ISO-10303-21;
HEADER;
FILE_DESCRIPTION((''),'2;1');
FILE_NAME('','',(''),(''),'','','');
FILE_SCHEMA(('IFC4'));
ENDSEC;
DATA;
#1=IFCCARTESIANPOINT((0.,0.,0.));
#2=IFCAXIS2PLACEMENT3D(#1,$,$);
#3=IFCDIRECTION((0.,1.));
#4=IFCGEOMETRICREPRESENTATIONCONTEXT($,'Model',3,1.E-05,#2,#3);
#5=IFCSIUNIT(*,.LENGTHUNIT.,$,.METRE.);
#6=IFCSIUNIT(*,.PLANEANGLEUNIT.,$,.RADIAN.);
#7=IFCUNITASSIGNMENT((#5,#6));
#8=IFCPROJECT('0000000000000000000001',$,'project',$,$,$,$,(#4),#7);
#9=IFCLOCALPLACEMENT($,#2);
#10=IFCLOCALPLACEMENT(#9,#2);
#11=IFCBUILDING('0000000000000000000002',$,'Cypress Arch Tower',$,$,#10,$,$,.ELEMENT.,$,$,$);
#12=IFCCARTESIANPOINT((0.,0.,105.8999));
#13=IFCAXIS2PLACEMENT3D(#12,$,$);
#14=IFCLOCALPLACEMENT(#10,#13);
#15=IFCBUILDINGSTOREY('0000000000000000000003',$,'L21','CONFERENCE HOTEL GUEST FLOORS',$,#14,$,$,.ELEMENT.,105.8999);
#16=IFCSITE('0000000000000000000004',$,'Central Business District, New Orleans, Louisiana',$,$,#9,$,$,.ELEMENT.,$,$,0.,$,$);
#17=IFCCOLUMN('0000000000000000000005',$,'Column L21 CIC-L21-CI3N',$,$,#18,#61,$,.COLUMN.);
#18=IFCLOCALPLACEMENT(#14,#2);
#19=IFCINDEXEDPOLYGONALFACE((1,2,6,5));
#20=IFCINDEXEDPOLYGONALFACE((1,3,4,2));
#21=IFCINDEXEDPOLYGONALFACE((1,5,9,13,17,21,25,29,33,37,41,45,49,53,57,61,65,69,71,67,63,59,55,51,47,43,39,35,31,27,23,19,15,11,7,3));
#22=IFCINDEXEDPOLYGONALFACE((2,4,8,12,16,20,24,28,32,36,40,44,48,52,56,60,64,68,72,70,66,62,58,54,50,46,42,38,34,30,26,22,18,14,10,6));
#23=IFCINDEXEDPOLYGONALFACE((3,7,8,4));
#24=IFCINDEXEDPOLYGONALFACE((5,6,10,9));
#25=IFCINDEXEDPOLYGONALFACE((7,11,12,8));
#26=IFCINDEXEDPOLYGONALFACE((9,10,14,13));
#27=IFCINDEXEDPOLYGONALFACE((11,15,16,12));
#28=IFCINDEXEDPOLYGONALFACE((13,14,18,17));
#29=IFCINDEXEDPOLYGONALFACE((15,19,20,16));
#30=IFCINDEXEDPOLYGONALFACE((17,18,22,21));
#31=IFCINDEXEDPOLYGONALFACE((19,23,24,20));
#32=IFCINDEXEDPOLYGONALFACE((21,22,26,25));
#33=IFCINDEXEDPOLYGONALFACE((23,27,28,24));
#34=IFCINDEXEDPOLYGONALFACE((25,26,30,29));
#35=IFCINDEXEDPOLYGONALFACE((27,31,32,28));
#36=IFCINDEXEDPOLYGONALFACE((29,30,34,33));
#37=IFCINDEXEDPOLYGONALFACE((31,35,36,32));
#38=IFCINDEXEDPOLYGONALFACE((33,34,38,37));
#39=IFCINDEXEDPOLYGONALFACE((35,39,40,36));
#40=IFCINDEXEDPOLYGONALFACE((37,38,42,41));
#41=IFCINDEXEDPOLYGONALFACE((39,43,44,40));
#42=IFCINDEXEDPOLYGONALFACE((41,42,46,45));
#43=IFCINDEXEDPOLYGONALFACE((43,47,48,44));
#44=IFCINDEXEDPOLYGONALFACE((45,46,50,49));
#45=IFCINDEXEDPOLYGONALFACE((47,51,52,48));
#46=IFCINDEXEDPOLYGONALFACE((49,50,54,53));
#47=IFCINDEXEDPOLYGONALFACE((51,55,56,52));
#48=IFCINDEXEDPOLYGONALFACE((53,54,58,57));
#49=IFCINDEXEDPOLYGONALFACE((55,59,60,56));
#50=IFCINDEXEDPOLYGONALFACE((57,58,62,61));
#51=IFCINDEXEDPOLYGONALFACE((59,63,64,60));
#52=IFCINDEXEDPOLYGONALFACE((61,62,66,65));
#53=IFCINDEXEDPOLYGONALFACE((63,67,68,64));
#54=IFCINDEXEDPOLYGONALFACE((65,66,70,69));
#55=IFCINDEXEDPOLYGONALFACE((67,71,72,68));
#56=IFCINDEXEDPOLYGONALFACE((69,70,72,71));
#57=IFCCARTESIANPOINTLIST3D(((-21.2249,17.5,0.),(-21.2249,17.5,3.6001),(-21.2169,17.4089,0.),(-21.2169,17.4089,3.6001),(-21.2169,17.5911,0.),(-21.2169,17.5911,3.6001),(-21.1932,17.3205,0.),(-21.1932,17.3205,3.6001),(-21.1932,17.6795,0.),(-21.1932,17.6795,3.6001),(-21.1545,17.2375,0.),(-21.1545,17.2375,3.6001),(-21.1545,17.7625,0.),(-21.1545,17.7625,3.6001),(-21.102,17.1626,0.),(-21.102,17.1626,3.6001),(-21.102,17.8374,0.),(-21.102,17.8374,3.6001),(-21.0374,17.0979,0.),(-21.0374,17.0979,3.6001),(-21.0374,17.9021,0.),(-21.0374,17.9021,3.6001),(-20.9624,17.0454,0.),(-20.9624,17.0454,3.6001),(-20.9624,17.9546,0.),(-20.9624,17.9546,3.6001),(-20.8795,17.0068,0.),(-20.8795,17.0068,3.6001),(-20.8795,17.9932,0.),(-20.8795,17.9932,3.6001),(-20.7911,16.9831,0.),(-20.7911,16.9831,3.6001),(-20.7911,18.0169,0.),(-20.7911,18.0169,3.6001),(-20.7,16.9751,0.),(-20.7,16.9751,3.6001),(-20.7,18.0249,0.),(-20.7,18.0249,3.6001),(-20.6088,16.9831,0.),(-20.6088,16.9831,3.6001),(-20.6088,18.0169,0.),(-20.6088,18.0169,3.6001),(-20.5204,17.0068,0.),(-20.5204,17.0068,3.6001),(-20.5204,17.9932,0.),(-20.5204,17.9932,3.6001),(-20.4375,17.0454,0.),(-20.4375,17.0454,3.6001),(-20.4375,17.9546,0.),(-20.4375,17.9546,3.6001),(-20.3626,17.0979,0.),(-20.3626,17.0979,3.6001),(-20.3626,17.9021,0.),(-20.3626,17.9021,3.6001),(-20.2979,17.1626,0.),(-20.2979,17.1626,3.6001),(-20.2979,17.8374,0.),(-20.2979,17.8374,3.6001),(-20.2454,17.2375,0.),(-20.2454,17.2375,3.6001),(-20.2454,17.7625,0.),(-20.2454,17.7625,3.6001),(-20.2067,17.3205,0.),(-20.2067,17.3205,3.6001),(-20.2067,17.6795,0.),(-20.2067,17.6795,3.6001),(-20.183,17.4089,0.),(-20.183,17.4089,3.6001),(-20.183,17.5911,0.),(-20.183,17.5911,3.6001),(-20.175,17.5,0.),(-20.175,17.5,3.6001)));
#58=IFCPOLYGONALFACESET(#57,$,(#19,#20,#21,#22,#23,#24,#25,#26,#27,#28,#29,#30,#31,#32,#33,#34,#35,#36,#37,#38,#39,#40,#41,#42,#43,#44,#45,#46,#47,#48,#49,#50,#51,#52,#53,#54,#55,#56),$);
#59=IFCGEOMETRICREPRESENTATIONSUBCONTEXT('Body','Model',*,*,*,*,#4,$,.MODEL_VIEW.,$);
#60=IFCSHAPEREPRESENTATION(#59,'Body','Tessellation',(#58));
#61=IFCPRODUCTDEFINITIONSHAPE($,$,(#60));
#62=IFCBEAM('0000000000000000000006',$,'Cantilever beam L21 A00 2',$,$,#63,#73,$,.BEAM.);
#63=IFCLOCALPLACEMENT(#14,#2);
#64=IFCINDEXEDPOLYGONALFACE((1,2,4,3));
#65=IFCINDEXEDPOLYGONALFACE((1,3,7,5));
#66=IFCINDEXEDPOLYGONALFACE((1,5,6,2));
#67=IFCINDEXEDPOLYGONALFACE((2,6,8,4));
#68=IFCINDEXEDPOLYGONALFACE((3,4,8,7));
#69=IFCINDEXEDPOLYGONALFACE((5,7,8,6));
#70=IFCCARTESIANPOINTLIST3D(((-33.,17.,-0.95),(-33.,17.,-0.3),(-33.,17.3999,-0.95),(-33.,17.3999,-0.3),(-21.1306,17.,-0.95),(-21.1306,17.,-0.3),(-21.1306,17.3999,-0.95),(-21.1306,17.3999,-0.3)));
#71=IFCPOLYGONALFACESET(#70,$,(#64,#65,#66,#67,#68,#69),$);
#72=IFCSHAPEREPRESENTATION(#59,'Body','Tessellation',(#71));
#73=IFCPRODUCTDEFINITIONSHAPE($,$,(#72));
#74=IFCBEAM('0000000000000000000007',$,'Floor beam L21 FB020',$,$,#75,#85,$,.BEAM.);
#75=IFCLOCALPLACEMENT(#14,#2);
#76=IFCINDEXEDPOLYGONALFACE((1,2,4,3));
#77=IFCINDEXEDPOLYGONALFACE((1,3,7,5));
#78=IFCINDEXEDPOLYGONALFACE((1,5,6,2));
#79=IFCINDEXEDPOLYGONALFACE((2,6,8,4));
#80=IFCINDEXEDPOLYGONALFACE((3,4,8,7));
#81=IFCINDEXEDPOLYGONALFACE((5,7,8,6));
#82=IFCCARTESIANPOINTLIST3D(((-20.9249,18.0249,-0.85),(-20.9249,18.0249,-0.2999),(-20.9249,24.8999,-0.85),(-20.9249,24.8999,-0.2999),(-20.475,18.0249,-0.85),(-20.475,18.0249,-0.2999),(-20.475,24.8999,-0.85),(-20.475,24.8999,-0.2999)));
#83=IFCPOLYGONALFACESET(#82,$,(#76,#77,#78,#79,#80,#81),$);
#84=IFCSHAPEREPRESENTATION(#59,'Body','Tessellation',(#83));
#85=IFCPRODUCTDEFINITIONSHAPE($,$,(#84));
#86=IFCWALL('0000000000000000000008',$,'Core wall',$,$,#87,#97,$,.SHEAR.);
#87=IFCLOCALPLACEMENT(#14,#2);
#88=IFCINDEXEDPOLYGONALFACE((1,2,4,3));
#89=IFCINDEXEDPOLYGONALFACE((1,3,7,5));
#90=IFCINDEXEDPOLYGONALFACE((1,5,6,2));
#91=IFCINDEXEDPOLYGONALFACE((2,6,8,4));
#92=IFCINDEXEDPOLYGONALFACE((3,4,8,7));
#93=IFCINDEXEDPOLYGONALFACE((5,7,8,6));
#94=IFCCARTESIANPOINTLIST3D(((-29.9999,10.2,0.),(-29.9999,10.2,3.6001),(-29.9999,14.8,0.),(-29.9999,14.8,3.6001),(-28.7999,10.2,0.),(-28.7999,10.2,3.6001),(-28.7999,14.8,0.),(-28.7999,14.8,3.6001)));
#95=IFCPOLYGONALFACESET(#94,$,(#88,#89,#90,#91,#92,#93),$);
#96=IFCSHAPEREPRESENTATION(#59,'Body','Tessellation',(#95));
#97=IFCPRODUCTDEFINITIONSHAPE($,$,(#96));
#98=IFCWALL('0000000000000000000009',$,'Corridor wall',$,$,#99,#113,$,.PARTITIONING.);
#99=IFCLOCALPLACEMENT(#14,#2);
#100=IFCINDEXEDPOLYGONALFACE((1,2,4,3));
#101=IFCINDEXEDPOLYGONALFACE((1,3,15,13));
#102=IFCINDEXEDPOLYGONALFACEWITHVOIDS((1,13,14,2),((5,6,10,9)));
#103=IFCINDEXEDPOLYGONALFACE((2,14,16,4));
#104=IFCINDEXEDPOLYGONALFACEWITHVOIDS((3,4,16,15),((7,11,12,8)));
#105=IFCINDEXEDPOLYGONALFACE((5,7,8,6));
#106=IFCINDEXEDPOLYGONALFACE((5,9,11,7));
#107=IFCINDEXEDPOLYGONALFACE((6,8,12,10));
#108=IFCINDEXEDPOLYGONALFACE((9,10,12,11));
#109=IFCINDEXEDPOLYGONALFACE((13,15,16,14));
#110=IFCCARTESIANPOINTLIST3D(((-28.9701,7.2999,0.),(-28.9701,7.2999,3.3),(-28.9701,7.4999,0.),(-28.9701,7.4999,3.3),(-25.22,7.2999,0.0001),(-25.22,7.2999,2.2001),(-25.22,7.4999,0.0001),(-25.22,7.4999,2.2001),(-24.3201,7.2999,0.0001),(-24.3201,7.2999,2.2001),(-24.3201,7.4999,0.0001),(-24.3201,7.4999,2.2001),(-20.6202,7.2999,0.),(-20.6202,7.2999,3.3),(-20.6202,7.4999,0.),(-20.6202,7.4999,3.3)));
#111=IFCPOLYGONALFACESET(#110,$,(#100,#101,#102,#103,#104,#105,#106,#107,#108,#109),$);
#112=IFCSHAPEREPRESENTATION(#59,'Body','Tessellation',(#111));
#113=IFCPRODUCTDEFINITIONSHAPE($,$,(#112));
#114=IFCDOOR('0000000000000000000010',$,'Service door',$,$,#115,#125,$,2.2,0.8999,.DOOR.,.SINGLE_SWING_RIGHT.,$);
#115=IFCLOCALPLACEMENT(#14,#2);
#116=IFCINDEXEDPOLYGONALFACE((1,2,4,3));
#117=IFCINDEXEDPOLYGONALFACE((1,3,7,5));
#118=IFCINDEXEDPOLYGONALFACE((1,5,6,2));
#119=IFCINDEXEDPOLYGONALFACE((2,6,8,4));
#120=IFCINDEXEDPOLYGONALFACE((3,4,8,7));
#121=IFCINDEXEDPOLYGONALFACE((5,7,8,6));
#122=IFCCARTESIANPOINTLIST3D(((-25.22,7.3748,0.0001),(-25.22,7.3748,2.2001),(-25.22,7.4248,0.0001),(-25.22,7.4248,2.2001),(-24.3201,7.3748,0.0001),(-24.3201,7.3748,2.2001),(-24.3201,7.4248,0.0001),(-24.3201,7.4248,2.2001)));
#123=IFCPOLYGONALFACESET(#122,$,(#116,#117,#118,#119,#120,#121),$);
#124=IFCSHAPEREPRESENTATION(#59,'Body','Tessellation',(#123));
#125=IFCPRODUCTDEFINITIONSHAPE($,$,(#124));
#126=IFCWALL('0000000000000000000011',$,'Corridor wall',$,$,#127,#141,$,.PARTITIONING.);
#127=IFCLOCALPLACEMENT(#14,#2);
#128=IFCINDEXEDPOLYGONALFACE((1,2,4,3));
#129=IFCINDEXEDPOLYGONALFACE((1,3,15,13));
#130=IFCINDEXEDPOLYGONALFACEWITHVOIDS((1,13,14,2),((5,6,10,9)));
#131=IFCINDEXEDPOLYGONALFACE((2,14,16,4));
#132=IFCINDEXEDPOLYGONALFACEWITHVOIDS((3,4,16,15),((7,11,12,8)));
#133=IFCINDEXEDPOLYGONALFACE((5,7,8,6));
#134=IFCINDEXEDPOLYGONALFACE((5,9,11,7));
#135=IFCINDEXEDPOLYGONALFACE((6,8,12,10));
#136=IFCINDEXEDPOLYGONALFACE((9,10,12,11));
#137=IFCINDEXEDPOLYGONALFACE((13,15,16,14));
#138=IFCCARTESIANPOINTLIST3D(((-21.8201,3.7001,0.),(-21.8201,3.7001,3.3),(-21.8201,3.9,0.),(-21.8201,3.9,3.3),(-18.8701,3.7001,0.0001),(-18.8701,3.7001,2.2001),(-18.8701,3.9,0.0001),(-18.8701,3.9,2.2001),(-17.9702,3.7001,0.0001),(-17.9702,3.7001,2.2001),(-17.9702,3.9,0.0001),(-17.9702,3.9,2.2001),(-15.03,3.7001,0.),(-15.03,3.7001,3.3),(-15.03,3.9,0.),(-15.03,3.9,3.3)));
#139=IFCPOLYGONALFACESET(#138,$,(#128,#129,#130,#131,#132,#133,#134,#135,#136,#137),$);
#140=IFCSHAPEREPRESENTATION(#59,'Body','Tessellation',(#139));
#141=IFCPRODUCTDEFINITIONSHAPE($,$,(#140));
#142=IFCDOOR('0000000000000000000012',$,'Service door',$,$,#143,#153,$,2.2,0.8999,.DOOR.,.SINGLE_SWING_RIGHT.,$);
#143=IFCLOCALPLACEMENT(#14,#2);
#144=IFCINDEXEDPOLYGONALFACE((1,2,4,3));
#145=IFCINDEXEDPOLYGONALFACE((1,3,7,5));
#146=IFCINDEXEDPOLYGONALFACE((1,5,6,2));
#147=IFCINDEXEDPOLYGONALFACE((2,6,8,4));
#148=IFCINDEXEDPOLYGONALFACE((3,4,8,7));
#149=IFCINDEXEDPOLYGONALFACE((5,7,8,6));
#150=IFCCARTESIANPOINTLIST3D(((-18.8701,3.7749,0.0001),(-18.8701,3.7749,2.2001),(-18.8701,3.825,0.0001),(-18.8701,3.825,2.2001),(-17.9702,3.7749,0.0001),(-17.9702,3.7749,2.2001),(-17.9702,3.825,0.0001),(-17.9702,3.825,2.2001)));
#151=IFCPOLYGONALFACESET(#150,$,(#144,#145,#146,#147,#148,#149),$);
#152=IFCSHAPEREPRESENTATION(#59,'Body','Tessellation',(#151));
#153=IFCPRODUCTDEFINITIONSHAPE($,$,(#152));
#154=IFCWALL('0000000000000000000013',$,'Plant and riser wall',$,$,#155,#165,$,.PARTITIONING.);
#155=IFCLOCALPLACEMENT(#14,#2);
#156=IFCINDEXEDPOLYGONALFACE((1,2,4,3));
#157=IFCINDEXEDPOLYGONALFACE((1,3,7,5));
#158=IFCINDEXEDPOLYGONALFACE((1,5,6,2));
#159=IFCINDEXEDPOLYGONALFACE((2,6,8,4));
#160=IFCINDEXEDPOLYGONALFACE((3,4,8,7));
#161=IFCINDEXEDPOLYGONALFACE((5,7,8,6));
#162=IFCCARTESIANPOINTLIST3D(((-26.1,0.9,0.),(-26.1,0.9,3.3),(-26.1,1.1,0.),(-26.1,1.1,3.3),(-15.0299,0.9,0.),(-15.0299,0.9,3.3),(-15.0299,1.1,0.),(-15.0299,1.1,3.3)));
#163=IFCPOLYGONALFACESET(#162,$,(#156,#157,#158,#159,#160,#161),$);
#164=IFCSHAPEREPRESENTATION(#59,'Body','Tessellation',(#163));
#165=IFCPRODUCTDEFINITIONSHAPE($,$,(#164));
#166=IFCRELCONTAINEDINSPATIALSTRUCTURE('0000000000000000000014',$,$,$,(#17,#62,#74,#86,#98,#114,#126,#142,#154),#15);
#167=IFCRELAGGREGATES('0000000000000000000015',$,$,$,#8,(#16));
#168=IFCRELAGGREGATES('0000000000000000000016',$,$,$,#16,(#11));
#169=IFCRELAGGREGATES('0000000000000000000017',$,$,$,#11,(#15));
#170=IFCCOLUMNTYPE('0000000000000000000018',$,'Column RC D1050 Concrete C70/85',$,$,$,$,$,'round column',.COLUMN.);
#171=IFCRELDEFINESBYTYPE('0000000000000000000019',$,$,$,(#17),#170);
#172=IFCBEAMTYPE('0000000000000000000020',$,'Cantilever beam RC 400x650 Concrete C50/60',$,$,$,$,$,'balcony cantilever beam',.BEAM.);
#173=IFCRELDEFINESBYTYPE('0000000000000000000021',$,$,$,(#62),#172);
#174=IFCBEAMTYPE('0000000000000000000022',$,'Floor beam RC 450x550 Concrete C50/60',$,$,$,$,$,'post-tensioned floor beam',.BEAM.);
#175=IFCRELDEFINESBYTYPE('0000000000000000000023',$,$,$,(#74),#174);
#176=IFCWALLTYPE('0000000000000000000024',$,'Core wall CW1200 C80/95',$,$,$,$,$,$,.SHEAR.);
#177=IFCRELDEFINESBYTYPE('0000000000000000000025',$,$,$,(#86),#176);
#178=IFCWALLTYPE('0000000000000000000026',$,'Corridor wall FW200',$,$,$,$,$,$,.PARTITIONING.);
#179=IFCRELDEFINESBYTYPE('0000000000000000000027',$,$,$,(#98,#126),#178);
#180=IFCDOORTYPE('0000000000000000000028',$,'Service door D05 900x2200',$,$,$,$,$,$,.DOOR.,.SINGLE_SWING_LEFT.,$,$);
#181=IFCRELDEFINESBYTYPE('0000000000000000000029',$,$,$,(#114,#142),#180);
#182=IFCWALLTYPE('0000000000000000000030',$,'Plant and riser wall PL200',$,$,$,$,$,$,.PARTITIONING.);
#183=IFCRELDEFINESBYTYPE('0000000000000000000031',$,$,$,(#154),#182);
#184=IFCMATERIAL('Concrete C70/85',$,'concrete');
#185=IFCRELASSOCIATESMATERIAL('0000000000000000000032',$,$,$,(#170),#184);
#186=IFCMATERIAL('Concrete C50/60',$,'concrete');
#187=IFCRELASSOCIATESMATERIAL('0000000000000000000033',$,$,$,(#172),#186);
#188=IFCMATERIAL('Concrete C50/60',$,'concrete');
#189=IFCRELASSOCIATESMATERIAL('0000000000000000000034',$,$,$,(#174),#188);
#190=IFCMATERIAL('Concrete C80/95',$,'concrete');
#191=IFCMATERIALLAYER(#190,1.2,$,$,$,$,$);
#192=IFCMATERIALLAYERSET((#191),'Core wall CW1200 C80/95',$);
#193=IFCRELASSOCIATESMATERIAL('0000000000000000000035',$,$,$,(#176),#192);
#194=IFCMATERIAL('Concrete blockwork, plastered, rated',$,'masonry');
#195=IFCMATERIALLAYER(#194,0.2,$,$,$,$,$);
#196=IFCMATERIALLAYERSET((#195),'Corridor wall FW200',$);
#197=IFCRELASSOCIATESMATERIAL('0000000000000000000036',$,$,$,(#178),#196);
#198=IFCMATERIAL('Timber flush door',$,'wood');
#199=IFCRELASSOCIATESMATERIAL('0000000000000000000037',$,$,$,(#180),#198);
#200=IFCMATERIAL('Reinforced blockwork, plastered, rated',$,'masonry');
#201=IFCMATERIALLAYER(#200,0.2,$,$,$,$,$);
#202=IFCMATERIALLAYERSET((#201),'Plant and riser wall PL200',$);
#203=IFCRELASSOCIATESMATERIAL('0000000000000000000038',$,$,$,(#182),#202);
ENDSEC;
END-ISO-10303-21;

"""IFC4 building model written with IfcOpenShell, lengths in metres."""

from ifc_helpers import new_model, si_unit, direction, frame, frame_2d, origin, origin_2d, place, context, subcontext, project, spatial, rectangle, circle, extrude, material, layer, layer_set, material_profile, profile_set, type_object, element, fill, save


model = new_model("IFC4")

# Units and contexts
model_context = context("Model", 3, precision=1e-05, world=origin(), true_north=direction((0.0, 1.0)))
body_context = subcontext(model_context, "Body", "Model", "MODEL_VIEW")
ifc_project = project(units=[si_unit("LENGTHUNIT", "METRE"), si_unit("PLANEANGLEUNIT", "RADIAN")], contexts=[model_context])

# Site, building, storey
site_placement = place(None, origin())
site = spatial("IfcSite", under=ifc_project, at=site_placement, Name="Central Business District, New Orleans, Louisiana", CompositionType="ELEMENT", RefElevation=0.0)
building_placement = place(site_placement, origin())
building = spatial("IfcBuilding", under=site, at=building_placement, Name="Cypress Arch Tower", CompositionType="ELEMENT")
storey_placement = place(building_placement, frame((0.0, 0.0, 105.8999)))
storey = spatial("IfcBuildingStorey", under=building, at=storey_placement, Name="L21", Description="CONFERENCE HOTEL GUEST FLOORS", CompositionType="ELEMENT", Elevation=105.8999)

# Column
ifc_material_1 = material(Name="Concrete C70/85", Category="concrete")
ifc_material_profile_1 = material_profile(ifc_material_1, circle(Radius=0.5249, at=origin_2d()), Name="RC D1050")
ifc_profile_set_1 = profile_set([ifc_material_profile_1], Name="Concrete C70/85")
column_type = type_object("IfcColumnType", Name="Column RC D1050 Concrete C70/85", ElementType="round column", PredefinedType="COLUMN", material=ifc_profile_set_1)
column_placement = place(storey_placement, frame((-20.7, 17.5, 0.0), z_axis=(0.0, 0.0, 1.0), x_axis=(1.0, 0.0, 0.0)))
element("IfcColumn", 1, at=column_placement, inside=storey, type_object=column_type, Name="Column L21 CIC-L21-CI3N", PredefinedType="COLUMN", context=body_context, shape_type="SweptSolid", body=[
    extrude(circle(Radius=0.5249, at=origin_2d()), origin(), (0.0, 0.0, 1.0), 3.6001),
])

# Beams
ifc_material_2 = material(Name="Concrete C50/60", Category="concrete")
ifc_material_profile_2 = material_profile(ifc_material_2, rectangle(XDim=0.3999, YDim=0.6499, at=origin_2d()), Name="RC 400x650")
ifc_profile_set_2 = profile_set([ifc_material_profile_2], Name="Concrete C50/60")
beam_type_1 = type_object("IfcBeamType", Name="Cantilever beam RC 400x650 Concrete C50/60", ElementType="balcony cantilever beam", PredefinedType="BEAM", material=ifc_profile_set_2)
beam_1_placement = place(storey_placement, frame((-21.1306, 17.2, -0.625), z_axis=(-1.0, 0.0, 0.0), x_axis=(0.0, -1.0, 0.0)))
element("IfcBeam", 2, at=beam_1_placement, inside=storey, type_object=beam_type_1, Name="Cantilever beam L21 A00 2", PredefinedType="BEAM", context=body_context, shape_type="SweptSolid", body=[
    extrude(rectangle(XDim=0.3999, YDim=0.6499, at=origin_2d()), origin(), (0.0, 0.0, 1.0), 11.8694),
])
ifc_material_3 = material(Name="Concrete C50/60", Category="concrete")
ifc_material_profile_3 = material_profile(ifc_material_3, rectangle(XDim=0.45, YDim=0.55, at=origin_2d()), Name="RC 450x550")
ifc_profile_set_3 = profile_set([ifc_material_profile_3], Name="Concrete C50/60")
beam_type_2 = type_object("IfcBeamType", Name="Floor beam RC 450x550 Concrete C50/60", ElementType="post-tensioned floor beam", PredefinedType="BEAM", material=ifc_profile_set_3)
beam_2_placement = place(storey_placement, frame((-20.7, 18.0249, -0.575), z_axis=(0.0, 1.0, 0.0), x_axis=(-1.0, 0.0, 0.0)))
element("IfcBeam", 3, at=beam_2_placement, inside=storey, type_object=beam_type_2, Name="Floor beam L21 FB020", PredefinedType="BEAM", context=body_context, shape_type="SweptSolid", body=[
    extrude(rectangle(XDim=0.45, YDim=0.55, at=origin_2d()), origin(), (0.0, 0.0, 1.0), 6.875),
])

# Shared definitions
ifc_material_4 = material(Name="Concrete C80/95", Category="concrete")
ifc_layer_1 = layer(ifc_material_4, 1.2)
ifc_layer_set_1 = layer_set([ifc_layer_1], Name="Core wall CW1200 C80/95")
wall_type_1 = type_object("IfcWallType", Name="Core wall CW1200 C80/95", PredefinedType="SHEAR", material=ifc_layer_set_1)

# Wall
wall_1_placement = place(storey_placement, frame((-29.3999, 10.2, 0.0), z_axis=(0.0, 0.0, 1.0), x_axis=(0.0, 1.0, 0.0)))
element("IfcWall", 4, at=wall_1_placement, inside=storey, type_object=wall_type_1, Name="Core wall", PredefinedType="SHEAR", context=body_context, shape_type="SweptSolid", body=[
    extrude(rectangle(XDim=4.6001, YDim=1.2, at=frame_2d((2.3, 0.0))), origin(), (0.0, 0.0, 1.0), 3.6001),
])

# Walls, openings, doors
ifc_material_5 = material(Name="Concrete blockwork, plastered, rated", Category="masonry")
ifc_layer_2 = layer(ifc_material_5, 0.2)
ifc_layer_set_2 = layer_set([ifc_layer_2], Name="Corridor wall FW200")
wall_type_2 = type_object("IfcWallType", Name="Corridor wall FW200", PredefinedType="PARTITIONING", material=ifc_layer_set_2)
wall_2_placement = place(storey_placement, frame((-28.97, 7.3999, 0.0), z_axis=(0.0, 0.0, 1.0), x_axis=(1.0, 0.0, 0.0)))
wall_2 = element("IfcWall", 5, at=wall_2_placement, inside=storey, type_object=wall_type_2, Name="Corridor wall", PredefinedType="PARTITIONING", context=body_context, shape_type="SweptSolid", body=[
    extrude(rectangle(XDim=8.3499, YDim=0.2, at=frame_2d((4.1748, 0.0))), origin(), (0.0, 0.0, 1.0), 3.3),
])
opening_1_placement = place(wall_2_placement, frame((3.75, 0.0, 0.0)))
opening_1 = element("IfcOpeningElement", 6, at=opening_1_placement, cuts=wall_2, PredefinedType="OPENING", context=body_context, shape_type="SweptSolid", body=[
    extrude(rectangle(XDim=0.8999, YDim=2.2, at=frame_2d((0.45, 1.1001))), frame((0.0, 0.1099, 0.0), z_axis=(0.0, -1.0, 0.0), x_axis=(1.0, 0.0, 0.0)), (0.0, 0.0, 1.0), 0.22),
])
ifc_material_6 = material(Name="Timber flush door", Category="wood")
door_type_1 = type_object("IfcDoorType", Name="Service door D05 900x2200", OperationType="SINGLE_SWING_LEFT", PredefinedType="DOOR", material=ifc_material_6)
door_1_placement = place(opening_1_placement, origin())
door_1 = element("IfcDoor", 7, at=door_1_placement, inside=storey, type_object=door_type_1, Name="Service door", OperationType="SINGLE_SWING_RIGHT", OverallHeight=2.2, OverallWidth=0.8999, PredefinedType="DOOR", context=body_context, shape_type="SweptSolid", body=[
    extrude(rectangle(XDim=0.8999, YDim=2.2, at=frame_2d((0.45, 1.1001))), frame((0.0, 0.0249, 0.0), z_axis=(0.0, -1.0, 0.0), x_axis=(1.0, 0.0, 0.0)), (0.0, 0.0, 1.0), 0.05),
])
fill(opening_1, door_1)
wall_3_placement = place(storey_placement, frame((-21.8201, 3.8, 0.0), z_axis=(0.0, 0.0, 1.0), x_axis=(1.0, 0.0, 0.0)))
wall_3 = element("IfcWall", 8, at=wall_3_placement, inside=storey, type_object=wall_type_2, Name="Corridor wall", PredefinedType="PARTITIONING", context=body_context, shape_type="SweptSolid", body=[
    extrude(rectangle(XDim=6.79, YDim=0.2, at=frame_2d((3.395, 0.0))), origin(), (0.0, 0.0, 1.0), 3.3),
])
opening_2_placement = place(wall_3_placement, frame((2.95, 0.0, 0.0)))
opening_2 = element("IfcOpeningElement", 9, at=opening_2_placement, cuts=wall_3, PredefinedType="OPENING", context=body_context, shape_type="SweptSolid", body=[
    extrude(rectangle(XDim=0.8999, YDim=2.2, at=frame_2d((0.45, 1.1001))), frame((0.0, 0.1099, 0.0), z_axis=(0.0, -1.0, 0.0), x_axis=(1.0, 0.0, 0.0)), (0.0, 0.0, 1.0), 0.22),
])
door_2_placement = place(opening_2_placement, origin())
door_2 = element("IfcDoor", 10, at=door_2_placement, inside=storey, type_object=door_type_1, Name="Service door", OperationType="SINGLE_SWING_RIGHT", OverallHeight=2.2, OverallWidth=0.8999, PredefinedType="DOOR", context=body_context, shape_type="SweptSolid", body=[
    extrude(rectangle(XDim=0.8999, YDim=2.2, at=frame_2d((0.45, 1.1001))), frame((0.0, 0.0249, 0.0), z_axis=(0.0, -1.0, 0.0), x_axis=(1.0, 0.0, 0.0)), (0.0, 0.0, 1.0), 0.05),
])
fill(opening_2, door_2)

# Wall
ifc_material_7 = material(Name="Reinforced blockwork, plastered, rated", Category="masonry")
ifc_layer_3 = layer(ifc_material_7, 0.2)
ifc_layer_set_3 = layer_set([ifc_layer_3], Name="Plant and riser wall PL200")
wall_type_3 = type_object("IfcWallType", Name="Plant and riser wall PL200", PredefinedType="PARTITIONING", material=ifc_layer_set_3)
wall_4_placement = place(storey_placement, frame((-26.1001, 1.0, 0.0), z_axis=(0.0, 0.0, 1.0), x_axis=(1.0, 0.0, 0.0)))
element("IfcWall", 11, at=wall_4_placement, inside=storey, type_object=wall_type_3, Name="Plant and riser wall", PredefinedType="PARTITIONING", context=body_context, shape_type="SweptSolid", body=[
    extrude(rectangle(XDim=11.0701, YDim=0.2, at=frame_2d((5.5352, 0.0))), origin(), (0.0, 0.0, 1.0), 3.3),
])

save(model, "model.ifc")
